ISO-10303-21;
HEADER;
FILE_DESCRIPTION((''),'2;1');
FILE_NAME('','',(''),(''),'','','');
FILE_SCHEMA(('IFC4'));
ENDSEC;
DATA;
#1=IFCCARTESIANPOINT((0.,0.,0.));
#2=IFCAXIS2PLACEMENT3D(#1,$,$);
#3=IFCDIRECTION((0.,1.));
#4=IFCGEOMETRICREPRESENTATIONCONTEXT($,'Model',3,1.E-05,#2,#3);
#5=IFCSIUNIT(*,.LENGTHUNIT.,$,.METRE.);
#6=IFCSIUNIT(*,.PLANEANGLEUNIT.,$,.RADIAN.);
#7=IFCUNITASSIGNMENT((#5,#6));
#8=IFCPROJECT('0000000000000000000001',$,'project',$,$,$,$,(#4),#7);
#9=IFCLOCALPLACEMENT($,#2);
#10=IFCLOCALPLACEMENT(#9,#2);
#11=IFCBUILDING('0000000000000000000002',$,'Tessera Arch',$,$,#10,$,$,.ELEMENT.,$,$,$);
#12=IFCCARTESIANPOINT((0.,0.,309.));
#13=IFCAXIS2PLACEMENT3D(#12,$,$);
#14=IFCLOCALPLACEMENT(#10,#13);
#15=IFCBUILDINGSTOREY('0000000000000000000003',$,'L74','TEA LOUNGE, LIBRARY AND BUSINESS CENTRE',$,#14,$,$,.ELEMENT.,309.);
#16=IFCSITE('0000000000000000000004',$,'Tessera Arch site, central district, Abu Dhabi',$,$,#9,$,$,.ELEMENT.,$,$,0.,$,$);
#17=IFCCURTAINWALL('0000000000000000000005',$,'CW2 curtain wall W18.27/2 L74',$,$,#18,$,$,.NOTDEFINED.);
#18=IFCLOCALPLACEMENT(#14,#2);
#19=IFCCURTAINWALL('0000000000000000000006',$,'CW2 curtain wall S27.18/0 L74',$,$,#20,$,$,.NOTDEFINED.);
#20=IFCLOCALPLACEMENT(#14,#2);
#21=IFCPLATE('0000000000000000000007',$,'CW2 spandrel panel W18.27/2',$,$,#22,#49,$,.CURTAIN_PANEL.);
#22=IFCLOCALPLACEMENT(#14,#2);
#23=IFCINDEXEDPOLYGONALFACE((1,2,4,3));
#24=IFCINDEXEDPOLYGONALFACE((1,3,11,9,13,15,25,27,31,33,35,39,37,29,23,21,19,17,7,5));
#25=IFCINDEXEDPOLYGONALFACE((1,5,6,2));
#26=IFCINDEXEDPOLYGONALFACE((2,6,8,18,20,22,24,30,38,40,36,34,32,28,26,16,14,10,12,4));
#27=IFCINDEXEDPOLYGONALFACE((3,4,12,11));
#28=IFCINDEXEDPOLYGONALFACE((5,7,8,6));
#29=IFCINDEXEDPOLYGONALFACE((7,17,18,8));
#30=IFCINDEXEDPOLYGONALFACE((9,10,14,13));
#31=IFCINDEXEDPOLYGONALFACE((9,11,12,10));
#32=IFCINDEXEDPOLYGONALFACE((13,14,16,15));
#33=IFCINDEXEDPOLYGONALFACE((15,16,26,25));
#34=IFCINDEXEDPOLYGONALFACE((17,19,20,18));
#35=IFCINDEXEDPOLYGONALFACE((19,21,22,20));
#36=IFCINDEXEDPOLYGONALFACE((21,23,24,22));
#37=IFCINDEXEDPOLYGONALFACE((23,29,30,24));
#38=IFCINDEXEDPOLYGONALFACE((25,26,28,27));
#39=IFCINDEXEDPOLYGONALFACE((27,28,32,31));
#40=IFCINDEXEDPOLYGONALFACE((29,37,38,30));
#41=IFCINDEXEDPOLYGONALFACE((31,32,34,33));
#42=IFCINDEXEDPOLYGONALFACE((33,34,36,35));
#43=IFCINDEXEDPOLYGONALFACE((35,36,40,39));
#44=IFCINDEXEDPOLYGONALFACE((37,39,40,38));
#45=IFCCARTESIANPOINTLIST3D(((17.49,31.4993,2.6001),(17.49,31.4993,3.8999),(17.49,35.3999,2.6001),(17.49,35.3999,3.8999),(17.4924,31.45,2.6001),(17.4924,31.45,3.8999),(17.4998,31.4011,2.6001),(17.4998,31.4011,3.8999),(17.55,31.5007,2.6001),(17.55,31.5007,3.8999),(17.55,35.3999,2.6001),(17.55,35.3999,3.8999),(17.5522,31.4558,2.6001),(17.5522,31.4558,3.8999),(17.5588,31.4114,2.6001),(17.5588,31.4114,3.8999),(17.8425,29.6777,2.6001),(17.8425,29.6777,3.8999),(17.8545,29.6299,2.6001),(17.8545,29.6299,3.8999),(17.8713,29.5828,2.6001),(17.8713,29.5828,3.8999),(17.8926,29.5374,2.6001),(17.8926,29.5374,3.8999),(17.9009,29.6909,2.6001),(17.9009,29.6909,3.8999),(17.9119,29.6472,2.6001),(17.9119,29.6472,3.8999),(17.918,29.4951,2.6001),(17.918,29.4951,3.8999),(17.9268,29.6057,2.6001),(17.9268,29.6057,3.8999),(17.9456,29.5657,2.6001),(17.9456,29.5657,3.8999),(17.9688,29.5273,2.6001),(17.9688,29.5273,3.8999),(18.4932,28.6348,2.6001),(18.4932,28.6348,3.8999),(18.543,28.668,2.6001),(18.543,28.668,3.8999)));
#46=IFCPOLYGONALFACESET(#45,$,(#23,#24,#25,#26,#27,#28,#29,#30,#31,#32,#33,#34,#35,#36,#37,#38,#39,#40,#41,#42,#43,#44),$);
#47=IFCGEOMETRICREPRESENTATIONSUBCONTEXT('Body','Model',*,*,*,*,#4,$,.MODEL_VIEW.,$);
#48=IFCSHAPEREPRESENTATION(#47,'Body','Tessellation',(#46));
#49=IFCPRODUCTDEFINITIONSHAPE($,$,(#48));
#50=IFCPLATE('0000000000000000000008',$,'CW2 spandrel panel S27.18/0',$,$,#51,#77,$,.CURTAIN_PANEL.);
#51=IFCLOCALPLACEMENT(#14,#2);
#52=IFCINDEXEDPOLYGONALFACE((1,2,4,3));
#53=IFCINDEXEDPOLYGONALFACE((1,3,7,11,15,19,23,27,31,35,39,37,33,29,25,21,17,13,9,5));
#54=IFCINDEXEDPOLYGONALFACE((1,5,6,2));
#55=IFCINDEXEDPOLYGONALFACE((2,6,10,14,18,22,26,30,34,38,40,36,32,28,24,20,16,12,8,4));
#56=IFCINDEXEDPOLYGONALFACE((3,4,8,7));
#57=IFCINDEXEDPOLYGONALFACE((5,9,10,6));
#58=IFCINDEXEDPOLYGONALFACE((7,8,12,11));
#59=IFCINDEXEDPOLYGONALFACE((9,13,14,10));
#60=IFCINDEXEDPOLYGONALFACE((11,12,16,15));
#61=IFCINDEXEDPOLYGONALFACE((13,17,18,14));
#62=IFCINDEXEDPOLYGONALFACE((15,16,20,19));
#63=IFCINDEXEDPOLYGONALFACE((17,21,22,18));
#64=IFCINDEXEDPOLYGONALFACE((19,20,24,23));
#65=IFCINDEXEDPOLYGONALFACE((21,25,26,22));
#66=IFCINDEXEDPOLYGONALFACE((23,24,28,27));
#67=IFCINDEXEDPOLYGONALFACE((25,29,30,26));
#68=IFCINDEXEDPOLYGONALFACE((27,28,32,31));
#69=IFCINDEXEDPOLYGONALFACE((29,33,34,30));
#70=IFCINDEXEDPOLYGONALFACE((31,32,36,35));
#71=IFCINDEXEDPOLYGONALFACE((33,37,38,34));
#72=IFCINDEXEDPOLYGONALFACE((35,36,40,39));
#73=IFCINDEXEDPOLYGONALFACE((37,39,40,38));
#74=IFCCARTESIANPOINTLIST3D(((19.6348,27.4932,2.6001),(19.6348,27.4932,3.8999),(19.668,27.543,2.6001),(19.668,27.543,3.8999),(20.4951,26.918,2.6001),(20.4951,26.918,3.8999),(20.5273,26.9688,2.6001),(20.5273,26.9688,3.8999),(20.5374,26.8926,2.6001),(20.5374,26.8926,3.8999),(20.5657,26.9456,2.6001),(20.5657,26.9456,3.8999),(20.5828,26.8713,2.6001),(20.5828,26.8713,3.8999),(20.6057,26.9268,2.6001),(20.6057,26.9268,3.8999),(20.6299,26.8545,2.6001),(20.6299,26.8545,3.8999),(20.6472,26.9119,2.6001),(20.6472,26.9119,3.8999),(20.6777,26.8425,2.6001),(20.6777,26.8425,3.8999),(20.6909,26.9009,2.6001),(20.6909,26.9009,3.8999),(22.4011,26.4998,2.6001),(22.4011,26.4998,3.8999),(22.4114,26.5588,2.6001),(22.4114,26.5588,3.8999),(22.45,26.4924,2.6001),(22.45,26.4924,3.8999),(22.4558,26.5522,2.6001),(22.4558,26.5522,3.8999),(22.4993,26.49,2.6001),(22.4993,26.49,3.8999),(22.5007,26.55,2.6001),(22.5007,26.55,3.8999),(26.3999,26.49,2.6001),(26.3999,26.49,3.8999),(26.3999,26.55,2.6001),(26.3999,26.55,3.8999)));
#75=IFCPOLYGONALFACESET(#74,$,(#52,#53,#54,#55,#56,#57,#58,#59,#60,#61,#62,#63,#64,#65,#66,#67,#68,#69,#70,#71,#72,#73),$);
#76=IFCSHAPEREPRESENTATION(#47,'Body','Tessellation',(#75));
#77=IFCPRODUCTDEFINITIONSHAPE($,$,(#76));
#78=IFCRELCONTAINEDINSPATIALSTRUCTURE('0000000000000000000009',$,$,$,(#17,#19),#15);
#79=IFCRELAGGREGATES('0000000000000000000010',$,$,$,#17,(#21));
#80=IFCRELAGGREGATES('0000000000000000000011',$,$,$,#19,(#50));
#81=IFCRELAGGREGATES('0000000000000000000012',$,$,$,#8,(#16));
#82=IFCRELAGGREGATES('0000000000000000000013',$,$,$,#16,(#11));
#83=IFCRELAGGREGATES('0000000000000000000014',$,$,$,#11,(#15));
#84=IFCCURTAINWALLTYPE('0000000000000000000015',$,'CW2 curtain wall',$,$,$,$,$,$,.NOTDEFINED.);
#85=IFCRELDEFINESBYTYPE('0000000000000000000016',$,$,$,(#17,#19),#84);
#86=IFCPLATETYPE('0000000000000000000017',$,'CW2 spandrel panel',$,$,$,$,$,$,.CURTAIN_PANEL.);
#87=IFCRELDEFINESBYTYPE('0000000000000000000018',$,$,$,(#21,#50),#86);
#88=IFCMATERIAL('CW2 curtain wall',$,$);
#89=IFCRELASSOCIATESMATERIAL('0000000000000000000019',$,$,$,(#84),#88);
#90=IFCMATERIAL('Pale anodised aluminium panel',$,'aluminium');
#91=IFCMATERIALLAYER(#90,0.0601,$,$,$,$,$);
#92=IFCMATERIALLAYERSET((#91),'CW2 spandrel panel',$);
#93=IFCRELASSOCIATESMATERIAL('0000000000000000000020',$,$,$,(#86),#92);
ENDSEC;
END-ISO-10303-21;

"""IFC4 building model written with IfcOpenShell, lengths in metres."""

from ifc_helpers import new_model, si_unit, direction, frame, origin, place, context, subcontext, project, spatial, polyline, outline, extrude, material, layer, layer_set, type_object, element, aggregate, save


model = new_model("IFC4")

# Units and contexts
model_context = context("Model", 3, precision=1e-05, world=origin(), true_north=direction((0.0, 1.0)))
body_context = subcontext(model_context, "Body", "Model", "MODEL_VIEW")
ifc_project = project(units=[si_unit("LENGTHUNIT", "METRE"), si_unit("PLANEANGLEUNIT", "RADIAN")], contexts=[model_context])

# Site, building, storey
site_placement = place(None, origin())
site = spatial("IfcSite", under=ifc_project, at=site_placement, Name="Tessera Arch site, central district, Abu Dhabi", CompositionType="ELEMENT", RefElevation=0.0)
building_placement = place(site_placement, origin())
building = spatial("IfcBuilding", under=site, at=building_placement, Name="Tessera Arch", CompositionType="ELEMENT")
storey_placement = place(building_placement, frame((0.0, 0.0, 309.0)))
storey = spatial("IfcBuildingStorey", under=building, at=storey_placement, Name="L74", Description="TEA LOUNGE, LIBRARY AND BUSINESS CENTRE", CompositionType="ELEMENT", Elevation=309.0)

# Curtain walls
ifc_material_1 = material(Name="CW2 curtain wall")
curtain_wall_type = type_object("IfcCurtainWallType", Name="CW2 curtain wall", PredefinedType="NOTDEFINED", material=ifc_material_1)
curtain_wall_1_placement = place(storey_placement, origin())
curtain_wall_1 = element("IfcCurtainWall", 1, at=curtain_wall_1_placement, inside=storey, type_object=curtain_wall_type, Name="CW2 curtain wall W18.27/2 L74", PredefinedType="NOTDEFINED")
curtain_wall_2_placement = place(storey_placement, origin())
curtain_wall_2 = element("IfcCurtainWall", 2, at=curtain_wall_2_placement, inside=storey, type_object=curtain_wall_type, Name="CW2 curtain wall S27.18/0 L74", PredefinedType="NOTDEFINED")

# Plates
ifc_material_2 = material(Name="Pale anodised aluminium panel", Category="aluminium")
ifc_layer_1 = layer(ifc_material_2, 0.0601)
ifc_layer_set_1 = layer_set([ifc_layer_1], Name="CW2 spandrel panel")
plate_type_1 = type_object("IfcPlateType", Name="CW2 spandrel panel", PredefinedType="CURTAIN_PANEL", material=ifc_layer_set_1)
plate_1_placement = place(storey_placement, frame((0.0, 0.0, 2.6001)))
plate_1 = element("IfcPlate", 3, at=plate_1_placement, type_object=plate_type_1, Name="CW2 spandrel panel W18.27/2", PredefinedType="CURTAIN_PANEL", context=body_context, shape_type="SweptSolid", body=[
    extrude(outline(polyline([(17.55, 31.5007), (17.55, 35.3999), (17.49, 35.3999), (17.49, 31.4993), (17.4924, 31.45), (17.4998, 31.4011), (17.8425, 29.6777), (17.8545, 29.6299), (17.8713, 29.5828), (17.8926, 29.5374), (17.918, 29.4951), (18.4932, 28.6348), (18.543, 28.668), (17.9688, 29.5273), (17.9456, 29.5657), (17.9268, 29.6057), (17.9119, 29.6472), (17.9009, 29.6909), (17.5588, 31.4114), (17.5522, 31.4558), (17.55, 31.5007)])), origin(), (0.0, 0.0, 1.0), 1.2998),
])
aggregate(curtain_wall_1, [plate_1])
plate_2_placement = place(storey_placement, frame((0.0, 0.0, 2.6001)))
plate_2 = element("IfcPlate", 4, at=plate_2_placement, type_object=plate_type_1, Name="CW2 spandrel panel S27.18/0", PredefinedType="CURTAIN_PANEL", context=body_context, shape_type="SweptSolid", body=[
    extrude(outline(polyline([(20.5273, 26.9688), (19.668, 27.543), (19.6348, 27.4932), (20.4951, 26.918), (20.5374, 26.8926), (20.5828, 26.8713), (20.6299, 26.8545), (20.6777, 26.8425), (22.4011, 26.4998), (22.45, 26.4924), (22.4993, 26.49), (26.3999, 26.49), (26.3999, 26.55), (22.5007, 26.55), (22.4558, 26.5522), (22.4114, 26.5588), (20.6909, 26.9009), (20.6472, 26.9119), (20.6057, 26.9268), (20.5657, 26.9456), (20.5273, 26.9688)])), origin(), (0.0, 0.0, 1.0), 1.2998),
])
aggregate(curtain_wall_2, [plate_2])

save(model, "model.ifc")
